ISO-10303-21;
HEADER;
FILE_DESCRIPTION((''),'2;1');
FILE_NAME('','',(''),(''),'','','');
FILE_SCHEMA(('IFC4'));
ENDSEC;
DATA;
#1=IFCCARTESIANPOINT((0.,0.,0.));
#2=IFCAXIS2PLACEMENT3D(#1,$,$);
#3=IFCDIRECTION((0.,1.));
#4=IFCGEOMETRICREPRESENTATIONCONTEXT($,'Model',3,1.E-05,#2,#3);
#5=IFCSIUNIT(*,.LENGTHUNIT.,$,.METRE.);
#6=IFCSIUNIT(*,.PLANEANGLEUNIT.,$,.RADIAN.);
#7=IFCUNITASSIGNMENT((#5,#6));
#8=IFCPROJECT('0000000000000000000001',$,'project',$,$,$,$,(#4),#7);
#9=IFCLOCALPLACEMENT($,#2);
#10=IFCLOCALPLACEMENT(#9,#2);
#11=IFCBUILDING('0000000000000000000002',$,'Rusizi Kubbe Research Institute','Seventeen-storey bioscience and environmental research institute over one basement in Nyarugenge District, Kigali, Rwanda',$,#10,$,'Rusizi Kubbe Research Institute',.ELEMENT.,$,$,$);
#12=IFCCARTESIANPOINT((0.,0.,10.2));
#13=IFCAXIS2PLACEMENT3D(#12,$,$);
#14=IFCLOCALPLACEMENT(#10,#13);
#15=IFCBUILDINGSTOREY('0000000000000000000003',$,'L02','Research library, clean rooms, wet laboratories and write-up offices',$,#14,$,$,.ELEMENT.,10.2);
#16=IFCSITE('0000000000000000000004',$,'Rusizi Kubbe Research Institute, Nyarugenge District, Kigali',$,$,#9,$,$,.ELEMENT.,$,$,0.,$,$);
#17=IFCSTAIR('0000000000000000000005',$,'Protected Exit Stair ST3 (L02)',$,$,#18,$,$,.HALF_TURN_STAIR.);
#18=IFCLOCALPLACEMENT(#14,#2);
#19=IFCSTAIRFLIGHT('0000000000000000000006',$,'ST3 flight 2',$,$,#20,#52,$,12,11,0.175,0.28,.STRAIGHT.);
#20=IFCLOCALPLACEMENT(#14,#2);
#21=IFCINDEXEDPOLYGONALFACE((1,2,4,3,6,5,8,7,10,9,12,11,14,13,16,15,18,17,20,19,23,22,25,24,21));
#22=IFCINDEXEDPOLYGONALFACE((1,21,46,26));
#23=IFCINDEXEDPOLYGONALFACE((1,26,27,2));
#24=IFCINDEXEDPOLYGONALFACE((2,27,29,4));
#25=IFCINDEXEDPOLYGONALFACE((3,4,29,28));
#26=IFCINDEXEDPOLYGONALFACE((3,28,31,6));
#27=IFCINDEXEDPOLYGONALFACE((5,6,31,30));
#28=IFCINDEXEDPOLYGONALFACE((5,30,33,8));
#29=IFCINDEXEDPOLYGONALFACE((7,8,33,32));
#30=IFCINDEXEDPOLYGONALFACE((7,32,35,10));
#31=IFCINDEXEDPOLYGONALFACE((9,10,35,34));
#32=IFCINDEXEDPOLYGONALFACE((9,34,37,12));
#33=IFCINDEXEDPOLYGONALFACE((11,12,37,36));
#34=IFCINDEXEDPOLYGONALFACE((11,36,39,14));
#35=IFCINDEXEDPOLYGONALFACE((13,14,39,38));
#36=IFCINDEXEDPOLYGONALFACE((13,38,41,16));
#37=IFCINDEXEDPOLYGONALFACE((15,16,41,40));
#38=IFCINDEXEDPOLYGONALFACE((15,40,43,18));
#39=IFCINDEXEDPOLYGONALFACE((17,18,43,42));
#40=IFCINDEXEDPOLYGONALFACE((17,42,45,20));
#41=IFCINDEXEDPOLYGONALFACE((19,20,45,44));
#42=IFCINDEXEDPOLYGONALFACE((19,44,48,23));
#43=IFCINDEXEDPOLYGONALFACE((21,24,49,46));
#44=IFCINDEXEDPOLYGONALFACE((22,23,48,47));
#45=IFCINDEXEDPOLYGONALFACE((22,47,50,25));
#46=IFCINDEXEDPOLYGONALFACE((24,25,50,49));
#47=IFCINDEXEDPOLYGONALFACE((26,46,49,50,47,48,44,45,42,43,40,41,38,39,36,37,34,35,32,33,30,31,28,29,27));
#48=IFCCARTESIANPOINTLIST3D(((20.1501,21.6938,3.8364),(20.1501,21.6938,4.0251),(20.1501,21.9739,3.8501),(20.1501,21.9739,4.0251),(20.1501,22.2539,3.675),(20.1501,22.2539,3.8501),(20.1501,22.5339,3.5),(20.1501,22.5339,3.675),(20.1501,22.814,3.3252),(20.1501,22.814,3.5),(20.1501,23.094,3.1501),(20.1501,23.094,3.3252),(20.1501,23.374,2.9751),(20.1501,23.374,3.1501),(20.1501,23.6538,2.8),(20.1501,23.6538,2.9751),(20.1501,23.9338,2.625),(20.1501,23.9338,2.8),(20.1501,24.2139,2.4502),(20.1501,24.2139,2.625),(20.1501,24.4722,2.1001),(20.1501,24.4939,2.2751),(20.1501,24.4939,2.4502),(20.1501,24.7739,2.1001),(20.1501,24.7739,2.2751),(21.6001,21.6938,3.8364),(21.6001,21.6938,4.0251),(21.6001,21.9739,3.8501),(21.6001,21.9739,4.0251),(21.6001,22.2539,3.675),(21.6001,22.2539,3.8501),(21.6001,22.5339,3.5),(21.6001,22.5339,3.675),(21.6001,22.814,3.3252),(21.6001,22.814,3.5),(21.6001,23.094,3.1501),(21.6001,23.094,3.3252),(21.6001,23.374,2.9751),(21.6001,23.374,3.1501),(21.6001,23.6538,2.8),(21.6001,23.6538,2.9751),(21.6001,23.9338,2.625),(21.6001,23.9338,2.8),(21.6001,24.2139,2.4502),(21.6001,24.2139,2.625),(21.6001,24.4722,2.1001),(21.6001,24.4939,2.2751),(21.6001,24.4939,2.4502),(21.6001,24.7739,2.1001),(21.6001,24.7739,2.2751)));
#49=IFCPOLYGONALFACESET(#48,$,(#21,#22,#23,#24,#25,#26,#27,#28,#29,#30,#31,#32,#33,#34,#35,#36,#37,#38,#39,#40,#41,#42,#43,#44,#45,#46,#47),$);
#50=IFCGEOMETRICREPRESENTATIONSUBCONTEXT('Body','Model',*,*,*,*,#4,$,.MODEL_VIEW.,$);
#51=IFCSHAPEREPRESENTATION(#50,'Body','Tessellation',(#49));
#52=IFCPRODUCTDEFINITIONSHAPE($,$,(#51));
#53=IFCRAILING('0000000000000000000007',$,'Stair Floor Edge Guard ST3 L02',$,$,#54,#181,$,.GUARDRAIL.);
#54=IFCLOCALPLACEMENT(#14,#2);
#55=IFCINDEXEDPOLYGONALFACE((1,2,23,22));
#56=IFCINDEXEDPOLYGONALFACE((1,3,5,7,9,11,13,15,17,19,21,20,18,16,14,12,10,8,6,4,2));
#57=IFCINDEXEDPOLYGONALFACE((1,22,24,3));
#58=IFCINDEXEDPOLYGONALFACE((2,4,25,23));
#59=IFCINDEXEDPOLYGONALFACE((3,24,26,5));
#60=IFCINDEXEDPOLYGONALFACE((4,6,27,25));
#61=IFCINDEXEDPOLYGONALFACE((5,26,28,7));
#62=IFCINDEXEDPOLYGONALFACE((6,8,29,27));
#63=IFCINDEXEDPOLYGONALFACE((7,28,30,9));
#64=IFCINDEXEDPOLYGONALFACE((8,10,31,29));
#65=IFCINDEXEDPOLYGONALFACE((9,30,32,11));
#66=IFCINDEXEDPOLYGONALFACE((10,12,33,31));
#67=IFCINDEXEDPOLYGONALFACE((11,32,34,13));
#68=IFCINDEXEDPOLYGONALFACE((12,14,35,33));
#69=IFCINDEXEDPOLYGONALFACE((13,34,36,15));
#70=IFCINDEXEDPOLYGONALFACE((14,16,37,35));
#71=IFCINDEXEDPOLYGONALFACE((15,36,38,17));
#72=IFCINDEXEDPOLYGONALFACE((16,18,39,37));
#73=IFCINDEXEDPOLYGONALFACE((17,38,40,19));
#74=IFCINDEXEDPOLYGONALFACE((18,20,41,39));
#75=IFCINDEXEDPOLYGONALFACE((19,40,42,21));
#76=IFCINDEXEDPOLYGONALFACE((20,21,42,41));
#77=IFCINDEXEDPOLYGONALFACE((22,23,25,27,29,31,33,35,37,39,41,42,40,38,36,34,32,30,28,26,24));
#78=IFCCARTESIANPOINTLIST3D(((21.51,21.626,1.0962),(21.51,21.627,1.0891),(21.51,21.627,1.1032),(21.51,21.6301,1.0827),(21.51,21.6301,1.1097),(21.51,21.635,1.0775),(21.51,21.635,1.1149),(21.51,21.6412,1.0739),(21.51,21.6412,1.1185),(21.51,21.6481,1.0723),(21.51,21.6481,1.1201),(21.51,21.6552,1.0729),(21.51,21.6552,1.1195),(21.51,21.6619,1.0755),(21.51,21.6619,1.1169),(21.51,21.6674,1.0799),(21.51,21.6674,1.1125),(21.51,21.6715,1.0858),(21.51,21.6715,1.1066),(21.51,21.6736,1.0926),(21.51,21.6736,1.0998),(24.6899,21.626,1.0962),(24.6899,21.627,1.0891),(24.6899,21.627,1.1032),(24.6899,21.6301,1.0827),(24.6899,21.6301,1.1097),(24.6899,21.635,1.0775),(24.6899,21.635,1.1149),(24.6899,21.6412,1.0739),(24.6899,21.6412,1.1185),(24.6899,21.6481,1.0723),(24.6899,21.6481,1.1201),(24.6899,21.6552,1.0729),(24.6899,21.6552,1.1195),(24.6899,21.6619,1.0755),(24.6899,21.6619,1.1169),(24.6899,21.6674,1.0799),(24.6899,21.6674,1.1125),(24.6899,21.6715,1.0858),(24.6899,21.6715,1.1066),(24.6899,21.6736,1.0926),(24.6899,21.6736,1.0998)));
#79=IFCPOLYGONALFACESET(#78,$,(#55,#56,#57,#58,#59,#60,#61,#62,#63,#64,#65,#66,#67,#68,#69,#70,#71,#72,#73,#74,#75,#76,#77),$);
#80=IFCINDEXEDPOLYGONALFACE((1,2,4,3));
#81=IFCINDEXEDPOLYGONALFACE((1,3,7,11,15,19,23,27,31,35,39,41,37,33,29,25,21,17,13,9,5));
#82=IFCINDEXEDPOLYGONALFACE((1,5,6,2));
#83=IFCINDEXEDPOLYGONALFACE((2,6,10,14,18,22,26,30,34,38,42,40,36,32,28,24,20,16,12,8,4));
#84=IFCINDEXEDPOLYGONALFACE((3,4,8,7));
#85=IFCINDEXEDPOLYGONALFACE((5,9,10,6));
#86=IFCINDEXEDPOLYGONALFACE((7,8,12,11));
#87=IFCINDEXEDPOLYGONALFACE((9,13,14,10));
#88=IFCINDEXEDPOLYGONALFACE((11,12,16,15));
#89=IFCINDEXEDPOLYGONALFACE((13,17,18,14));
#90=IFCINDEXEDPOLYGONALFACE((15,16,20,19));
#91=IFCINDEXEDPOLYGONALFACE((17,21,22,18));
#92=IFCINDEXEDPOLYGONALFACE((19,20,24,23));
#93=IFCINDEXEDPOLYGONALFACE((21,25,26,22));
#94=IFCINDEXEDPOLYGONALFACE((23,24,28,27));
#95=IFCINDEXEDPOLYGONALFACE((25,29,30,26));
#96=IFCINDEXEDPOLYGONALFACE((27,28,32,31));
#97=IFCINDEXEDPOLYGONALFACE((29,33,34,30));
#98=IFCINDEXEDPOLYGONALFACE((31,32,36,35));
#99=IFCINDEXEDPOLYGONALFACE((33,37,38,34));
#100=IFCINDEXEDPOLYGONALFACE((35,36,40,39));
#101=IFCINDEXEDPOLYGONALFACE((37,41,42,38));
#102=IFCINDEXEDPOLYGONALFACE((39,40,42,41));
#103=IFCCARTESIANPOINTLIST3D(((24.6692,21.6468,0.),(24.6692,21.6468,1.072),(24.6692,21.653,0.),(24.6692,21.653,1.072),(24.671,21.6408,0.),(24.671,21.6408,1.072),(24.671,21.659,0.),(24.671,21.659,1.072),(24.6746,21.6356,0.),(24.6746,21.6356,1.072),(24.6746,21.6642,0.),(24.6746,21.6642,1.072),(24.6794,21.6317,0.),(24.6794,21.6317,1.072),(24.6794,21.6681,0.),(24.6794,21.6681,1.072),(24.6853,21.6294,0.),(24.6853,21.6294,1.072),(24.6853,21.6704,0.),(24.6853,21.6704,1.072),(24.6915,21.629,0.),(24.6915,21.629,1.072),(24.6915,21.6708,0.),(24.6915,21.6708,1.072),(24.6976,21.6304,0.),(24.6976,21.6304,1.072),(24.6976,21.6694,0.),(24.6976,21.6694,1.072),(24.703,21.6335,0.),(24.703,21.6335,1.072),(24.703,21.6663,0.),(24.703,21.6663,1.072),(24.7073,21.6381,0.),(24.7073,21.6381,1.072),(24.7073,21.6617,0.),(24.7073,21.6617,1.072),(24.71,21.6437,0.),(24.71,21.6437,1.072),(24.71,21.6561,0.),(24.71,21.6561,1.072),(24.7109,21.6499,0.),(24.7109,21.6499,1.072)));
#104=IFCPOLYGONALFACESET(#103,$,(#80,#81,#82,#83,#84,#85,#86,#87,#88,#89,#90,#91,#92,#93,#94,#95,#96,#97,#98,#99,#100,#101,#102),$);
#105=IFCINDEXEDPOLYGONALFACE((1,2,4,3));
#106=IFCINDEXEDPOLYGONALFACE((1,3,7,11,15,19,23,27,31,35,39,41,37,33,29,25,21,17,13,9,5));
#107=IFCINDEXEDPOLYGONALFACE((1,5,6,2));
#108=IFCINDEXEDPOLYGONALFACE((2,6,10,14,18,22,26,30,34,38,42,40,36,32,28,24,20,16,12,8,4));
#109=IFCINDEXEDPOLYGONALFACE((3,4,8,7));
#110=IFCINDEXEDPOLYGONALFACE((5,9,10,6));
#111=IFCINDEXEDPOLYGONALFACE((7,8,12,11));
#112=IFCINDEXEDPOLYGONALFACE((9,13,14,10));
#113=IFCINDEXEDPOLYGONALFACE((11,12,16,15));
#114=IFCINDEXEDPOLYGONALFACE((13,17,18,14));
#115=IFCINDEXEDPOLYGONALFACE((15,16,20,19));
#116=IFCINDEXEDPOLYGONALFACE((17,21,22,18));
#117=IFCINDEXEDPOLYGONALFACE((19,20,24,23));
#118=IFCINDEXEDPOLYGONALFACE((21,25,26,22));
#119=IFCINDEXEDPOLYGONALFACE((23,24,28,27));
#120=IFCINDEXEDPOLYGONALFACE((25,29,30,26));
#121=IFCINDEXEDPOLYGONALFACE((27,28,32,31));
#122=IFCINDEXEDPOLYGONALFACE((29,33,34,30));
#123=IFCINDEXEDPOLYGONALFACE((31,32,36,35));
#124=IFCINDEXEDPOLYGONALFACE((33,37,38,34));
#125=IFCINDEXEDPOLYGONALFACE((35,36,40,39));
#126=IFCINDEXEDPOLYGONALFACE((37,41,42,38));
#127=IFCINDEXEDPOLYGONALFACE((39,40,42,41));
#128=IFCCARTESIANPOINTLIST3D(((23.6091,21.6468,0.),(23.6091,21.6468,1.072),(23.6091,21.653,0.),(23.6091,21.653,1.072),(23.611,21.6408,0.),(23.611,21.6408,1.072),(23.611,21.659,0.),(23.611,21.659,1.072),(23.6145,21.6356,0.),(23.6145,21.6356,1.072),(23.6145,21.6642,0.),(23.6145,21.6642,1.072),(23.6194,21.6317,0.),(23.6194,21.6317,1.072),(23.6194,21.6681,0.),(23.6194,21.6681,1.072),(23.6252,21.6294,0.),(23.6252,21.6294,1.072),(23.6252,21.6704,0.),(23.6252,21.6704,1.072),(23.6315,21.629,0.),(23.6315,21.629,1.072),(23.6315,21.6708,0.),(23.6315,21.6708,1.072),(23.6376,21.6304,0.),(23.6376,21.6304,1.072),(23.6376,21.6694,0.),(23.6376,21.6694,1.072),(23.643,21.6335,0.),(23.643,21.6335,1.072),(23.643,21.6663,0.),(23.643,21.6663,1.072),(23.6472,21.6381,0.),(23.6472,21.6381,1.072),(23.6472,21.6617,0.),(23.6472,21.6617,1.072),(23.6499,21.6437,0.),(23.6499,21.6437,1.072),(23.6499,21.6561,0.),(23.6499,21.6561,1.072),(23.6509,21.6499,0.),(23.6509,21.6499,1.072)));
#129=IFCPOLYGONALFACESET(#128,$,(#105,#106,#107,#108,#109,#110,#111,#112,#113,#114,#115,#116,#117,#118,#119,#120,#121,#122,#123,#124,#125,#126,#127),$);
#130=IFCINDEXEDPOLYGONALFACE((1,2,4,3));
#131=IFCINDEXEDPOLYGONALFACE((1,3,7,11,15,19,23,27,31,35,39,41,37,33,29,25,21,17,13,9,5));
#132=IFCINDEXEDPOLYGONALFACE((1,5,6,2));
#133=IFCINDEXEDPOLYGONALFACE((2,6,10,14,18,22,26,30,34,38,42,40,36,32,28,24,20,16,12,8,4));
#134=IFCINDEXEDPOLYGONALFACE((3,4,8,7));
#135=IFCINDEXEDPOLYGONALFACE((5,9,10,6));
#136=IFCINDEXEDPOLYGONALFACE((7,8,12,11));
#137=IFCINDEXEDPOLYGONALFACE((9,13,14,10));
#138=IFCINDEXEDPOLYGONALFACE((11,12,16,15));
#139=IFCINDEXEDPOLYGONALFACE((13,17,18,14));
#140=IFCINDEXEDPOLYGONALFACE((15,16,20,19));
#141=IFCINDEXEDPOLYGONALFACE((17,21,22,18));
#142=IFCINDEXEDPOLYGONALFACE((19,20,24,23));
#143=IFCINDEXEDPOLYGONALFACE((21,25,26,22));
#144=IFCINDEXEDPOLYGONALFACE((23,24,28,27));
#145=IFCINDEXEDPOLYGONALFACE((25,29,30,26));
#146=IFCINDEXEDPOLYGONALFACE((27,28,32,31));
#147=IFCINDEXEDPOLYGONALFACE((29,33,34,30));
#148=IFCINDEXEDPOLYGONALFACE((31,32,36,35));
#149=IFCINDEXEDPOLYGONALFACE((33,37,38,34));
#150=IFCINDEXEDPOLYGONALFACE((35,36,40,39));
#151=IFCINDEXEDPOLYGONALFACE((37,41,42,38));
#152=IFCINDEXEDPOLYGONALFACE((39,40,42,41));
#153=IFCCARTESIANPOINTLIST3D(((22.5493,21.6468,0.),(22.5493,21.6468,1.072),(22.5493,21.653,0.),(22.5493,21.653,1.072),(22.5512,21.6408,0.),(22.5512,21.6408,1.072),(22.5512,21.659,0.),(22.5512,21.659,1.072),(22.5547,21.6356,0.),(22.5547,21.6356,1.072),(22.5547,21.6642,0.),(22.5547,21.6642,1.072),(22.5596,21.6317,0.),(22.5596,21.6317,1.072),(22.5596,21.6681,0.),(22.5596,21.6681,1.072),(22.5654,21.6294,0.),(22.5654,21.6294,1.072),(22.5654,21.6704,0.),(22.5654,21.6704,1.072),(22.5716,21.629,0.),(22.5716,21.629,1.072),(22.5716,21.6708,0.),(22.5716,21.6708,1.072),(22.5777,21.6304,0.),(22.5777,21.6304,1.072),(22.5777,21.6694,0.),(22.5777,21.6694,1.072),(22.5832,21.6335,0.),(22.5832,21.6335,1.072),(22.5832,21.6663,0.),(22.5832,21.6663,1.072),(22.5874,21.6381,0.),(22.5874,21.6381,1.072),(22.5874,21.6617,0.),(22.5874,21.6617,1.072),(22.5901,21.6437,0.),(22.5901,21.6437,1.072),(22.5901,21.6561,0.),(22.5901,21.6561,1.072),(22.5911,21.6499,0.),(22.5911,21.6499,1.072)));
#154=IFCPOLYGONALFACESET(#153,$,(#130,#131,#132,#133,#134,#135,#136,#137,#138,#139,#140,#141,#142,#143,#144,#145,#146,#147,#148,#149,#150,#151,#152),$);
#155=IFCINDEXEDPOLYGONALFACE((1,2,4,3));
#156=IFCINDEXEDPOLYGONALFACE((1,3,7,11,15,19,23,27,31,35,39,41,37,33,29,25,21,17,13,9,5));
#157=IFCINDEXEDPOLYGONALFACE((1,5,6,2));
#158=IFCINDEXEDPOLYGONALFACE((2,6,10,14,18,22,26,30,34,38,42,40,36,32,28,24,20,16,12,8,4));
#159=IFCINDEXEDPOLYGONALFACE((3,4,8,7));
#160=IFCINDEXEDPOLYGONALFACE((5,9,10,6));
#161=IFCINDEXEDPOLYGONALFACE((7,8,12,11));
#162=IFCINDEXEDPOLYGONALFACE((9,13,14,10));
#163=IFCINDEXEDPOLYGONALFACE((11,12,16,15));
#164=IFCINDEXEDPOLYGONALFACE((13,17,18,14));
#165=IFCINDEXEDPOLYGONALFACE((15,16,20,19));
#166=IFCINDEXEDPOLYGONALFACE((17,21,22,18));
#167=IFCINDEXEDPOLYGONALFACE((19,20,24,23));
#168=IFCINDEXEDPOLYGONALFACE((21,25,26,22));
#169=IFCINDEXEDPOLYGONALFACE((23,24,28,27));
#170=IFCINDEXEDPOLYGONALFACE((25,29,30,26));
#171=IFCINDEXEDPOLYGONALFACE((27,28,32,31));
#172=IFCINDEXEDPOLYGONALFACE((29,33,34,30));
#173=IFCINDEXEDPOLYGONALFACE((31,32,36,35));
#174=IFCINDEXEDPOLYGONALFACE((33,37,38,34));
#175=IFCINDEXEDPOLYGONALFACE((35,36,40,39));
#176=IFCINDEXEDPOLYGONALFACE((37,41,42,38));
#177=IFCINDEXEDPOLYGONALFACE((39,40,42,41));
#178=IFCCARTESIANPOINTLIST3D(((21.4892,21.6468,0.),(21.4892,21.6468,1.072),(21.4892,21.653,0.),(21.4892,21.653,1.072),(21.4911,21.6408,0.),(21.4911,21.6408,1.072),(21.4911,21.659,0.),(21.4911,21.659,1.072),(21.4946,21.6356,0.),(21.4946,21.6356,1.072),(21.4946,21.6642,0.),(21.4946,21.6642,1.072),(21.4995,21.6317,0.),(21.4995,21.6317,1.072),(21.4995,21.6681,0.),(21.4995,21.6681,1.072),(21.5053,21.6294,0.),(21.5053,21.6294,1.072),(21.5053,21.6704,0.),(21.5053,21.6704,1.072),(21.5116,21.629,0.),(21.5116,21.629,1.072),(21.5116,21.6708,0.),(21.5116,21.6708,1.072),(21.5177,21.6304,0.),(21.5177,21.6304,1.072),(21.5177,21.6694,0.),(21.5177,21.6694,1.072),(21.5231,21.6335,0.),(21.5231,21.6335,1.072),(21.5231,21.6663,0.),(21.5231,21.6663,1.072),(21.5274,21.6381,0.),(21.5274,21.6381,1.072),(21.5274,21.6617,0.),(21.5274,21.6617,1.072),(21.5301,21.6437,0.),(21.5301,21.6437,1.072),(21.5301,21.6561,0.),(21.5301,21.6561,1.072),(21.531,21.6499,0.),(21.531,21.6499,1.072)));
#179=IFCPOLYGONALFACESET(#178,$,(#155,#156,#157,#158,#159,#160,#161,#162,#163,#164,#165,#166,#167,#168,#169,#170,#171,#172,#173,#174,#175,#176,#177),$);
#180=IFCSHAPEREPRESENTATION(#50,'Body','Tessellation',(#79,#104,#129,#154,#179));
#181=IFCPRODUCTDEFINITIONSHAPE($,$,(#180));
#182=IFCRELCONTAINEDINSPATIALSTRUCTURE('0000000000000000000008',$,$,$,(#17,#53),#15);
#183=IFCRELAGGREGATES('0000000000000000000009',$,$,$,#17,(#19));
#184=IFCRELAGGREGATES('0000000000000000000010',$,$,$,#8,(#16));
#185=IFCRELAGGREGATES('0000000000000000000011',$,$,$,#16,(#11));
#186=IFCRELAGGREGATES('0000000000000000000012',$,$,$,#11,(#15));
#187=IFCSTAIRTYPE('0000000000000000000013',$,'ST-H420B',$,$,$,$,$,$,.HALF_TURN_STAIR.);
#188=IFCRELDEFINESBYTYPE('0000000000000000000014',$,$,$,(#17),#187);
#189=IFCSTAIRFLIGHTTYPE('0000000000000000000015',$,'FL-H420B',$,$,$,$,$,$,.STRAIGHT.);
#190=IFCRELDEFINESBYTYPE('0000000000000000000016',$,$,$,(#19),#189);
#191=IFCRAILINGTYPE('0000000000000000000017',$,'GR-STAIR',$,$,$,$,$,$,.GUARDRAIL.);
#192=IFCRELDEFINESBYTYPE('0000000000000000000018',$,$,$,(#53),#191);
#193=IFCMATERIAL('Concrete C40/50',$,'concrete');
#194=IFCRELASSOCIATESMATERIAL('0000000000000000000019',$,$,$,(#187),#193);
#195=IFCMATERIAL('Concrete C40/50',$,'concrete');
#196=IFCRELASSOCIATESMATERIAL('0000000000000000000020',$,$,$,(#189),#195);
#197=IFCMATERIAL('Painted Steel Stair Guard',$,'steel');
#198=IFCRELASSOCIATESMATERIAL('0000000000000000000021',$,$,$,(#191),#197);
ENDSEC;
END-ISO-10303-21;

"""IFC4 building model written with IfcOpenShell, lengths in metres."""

from ifc_helpers import new_model, si_unit, direction, frame, origin, origin_2d, place, context, subcontext, project, spatial, polyline, circle, outline, extrude, material, type_object, element, aggregate, save


model = new_model("IFC4")

# Units and contexts
model_context = context("Model", 3, precision=1e-05, world=origin(), true_north=direction((0.0, 1.0)))
body_context = subcontext(model_context, "Body", "Model", "MODEL_VIEW")
ifc_project = project(units=[si_unit("LENGTHUNIT", "METRE"), si_unit("PLANEANGLEUNIT", "RADIAN")], contexts=[model_context])

# Site, building, storey
site_placement = place(None, origin())
site = spatial("IfcSite", under=ifc_project, at=site_placement, Name="Rusizi Kubbe Research Institute, Nyarugenge District, Kigali", CompositionType="ELEMENT", RefElevation=0.0)
building_placement = place(site_placement, origin())
building = spatial("IfcBuilding", under=site, at=building_placement, Name="Rusizi Kubbe Research Institute", Description="Seventeen-storey bioscience and environmental research institute over one basement in Nyarugenge District, Kigali, Rwanda", LongName="Rusizi Kubbe Research Institute", CompositionType="ELEMENT")
storey_placement = place(building_placement, frame((0.0, 0.0, 10.2)))
storey = spatial("IfcBuildingStorey", under=building, at=storey_placement, Name="L02", Description="Research library, clean rooms, wet laboratories and write-up offices", CompositionType="ELEMENT", Elevation=10.2)

# Stair, stair flight
ifc_material_1 = material(Name="Concrete C40/50", Category="concrete")
stair_type = type_object("IfcStairType", Name="ST-H420B", PredefinedType="HALF_TURN_STAIR", material=ifc_material_1)
stair_placement = place(storey_placement, origin())
stair = element("IfcStair", 1, at=stair_placement, inside=storey, type_object=stair_type, Name="Protected Exit Stair ST3 (L02)", PredefinedType="HALF_TURN_STAIR")
ifc_material_2 = material(Name="Concrete C40/50", Category="concrete")
stair_flight_type = type_object("IfcStairFlightType", Name="FL-H420B", PredefinedType="STRAIGHT", material=ifc_material_2)
stair_flight_1_placement = place(storey_placement, frame((20.875, 24.7739, 2.1001), z_axis=(0.0, 0.0, 1.0), x_axis=(0.0, -1.0, 0.0)))
stair_flight_1 = element("IfcStairFlight", 2, at=stair_flight_1_placement, type_object=stair_flight_type, Name="ST3 flight 2", NumberOfRisers=12, NumberOfTreads=11, PredefinedType="STRAIGHT", RiserHeight=0.175, TreadLength=0.28, context=body_context, shape_type="SweptSolid", body=[
    extrude(outline(polyline([(0.0, 0.0), (0.0, 0.175), (0.28, 0.175), (0.28, 0.3501), (0.5601, 0.3501), (0.5601, 0.5249), (0.8401, 0.5249), (0.8401, 0.7), (1.1201, 0.7), (1.1201, 0.875), (1.3999, 0.875), (1.3999, 1.05), (1.6799, 1.05), (1.6799, 1.2251), (1.96, 1.2251), (1.96, 1.3999), (2.24, 1.3999), (2.24, 1.575), (2.52, 1.575), (2.52, 1.75), (2.8, 1.75), (2.8, 1.925), (3.0801, 1.925), (3.0801, 2.1001), (3.0801, 1.7363), (0.3018, 0.0), (0.0, 0.0)])), frame((0.0, 0.7251, 0.0), z_axis=(0.0, -1.0, 0.0), x_axis=(1.0, 0.0, 0.0)), (0.0, 0.0, 1.0), 1.45),
])
aggregate(stair, [stair_flight_1])

# Railing
ifc_material_3 = material(Name="Painted Steel Stair Guard", Category="steel")
railing_type_1 = type_object("IfcRailingType", Name="GR-STAIR", PredefinedType="GUARDRAIL", material=ifc_material_3)
railing_1_placement = place(storey_placement, frame((24.6899, 21.6499, 0.0)))
element("IfcRailing", 3, at=railing_1_placement, inside=storey, type_object=railing_type_1, Name="Stair Floor Edge Guard ST3 L02", PredefinedType="GUARDRAIL", context=body_context, shape_type="SweptSolid", body=[
    extrude(circle(Radius=0.0239, at=origin_2d()), frame((0.0, 0.0, 1.0962), z_axis=(-1.0, 0.0, 0.0), x_axis=(0.0, -1.0, 0.0)), (0.0, 0.0, 1.0), 3.1799),
    extrude(circle(Radius=0.021, at=origin_2d()), origin(), (0.0, 0.0, 1.0), 1.072),
    extrude(circle(Radius=0.021, at=origin_2d()), frame((-1.0601, 0.0, 0.0)), (0.0, 0.0, 1.0), 1.072),
    extrude(circle(Radius=0.021, at=origin_2d()), frame((-2.1199, 0.0, 0.0)), (0.0, 0.0, 1.0), 1.072),
    extrude(circle(Radius=0.021, at=origin_2d()), frame((-3.1799, 0.0, 0.0)), (0.0, 0.0, 1.0), 1.072),
])

save(model, "model.ifc")
